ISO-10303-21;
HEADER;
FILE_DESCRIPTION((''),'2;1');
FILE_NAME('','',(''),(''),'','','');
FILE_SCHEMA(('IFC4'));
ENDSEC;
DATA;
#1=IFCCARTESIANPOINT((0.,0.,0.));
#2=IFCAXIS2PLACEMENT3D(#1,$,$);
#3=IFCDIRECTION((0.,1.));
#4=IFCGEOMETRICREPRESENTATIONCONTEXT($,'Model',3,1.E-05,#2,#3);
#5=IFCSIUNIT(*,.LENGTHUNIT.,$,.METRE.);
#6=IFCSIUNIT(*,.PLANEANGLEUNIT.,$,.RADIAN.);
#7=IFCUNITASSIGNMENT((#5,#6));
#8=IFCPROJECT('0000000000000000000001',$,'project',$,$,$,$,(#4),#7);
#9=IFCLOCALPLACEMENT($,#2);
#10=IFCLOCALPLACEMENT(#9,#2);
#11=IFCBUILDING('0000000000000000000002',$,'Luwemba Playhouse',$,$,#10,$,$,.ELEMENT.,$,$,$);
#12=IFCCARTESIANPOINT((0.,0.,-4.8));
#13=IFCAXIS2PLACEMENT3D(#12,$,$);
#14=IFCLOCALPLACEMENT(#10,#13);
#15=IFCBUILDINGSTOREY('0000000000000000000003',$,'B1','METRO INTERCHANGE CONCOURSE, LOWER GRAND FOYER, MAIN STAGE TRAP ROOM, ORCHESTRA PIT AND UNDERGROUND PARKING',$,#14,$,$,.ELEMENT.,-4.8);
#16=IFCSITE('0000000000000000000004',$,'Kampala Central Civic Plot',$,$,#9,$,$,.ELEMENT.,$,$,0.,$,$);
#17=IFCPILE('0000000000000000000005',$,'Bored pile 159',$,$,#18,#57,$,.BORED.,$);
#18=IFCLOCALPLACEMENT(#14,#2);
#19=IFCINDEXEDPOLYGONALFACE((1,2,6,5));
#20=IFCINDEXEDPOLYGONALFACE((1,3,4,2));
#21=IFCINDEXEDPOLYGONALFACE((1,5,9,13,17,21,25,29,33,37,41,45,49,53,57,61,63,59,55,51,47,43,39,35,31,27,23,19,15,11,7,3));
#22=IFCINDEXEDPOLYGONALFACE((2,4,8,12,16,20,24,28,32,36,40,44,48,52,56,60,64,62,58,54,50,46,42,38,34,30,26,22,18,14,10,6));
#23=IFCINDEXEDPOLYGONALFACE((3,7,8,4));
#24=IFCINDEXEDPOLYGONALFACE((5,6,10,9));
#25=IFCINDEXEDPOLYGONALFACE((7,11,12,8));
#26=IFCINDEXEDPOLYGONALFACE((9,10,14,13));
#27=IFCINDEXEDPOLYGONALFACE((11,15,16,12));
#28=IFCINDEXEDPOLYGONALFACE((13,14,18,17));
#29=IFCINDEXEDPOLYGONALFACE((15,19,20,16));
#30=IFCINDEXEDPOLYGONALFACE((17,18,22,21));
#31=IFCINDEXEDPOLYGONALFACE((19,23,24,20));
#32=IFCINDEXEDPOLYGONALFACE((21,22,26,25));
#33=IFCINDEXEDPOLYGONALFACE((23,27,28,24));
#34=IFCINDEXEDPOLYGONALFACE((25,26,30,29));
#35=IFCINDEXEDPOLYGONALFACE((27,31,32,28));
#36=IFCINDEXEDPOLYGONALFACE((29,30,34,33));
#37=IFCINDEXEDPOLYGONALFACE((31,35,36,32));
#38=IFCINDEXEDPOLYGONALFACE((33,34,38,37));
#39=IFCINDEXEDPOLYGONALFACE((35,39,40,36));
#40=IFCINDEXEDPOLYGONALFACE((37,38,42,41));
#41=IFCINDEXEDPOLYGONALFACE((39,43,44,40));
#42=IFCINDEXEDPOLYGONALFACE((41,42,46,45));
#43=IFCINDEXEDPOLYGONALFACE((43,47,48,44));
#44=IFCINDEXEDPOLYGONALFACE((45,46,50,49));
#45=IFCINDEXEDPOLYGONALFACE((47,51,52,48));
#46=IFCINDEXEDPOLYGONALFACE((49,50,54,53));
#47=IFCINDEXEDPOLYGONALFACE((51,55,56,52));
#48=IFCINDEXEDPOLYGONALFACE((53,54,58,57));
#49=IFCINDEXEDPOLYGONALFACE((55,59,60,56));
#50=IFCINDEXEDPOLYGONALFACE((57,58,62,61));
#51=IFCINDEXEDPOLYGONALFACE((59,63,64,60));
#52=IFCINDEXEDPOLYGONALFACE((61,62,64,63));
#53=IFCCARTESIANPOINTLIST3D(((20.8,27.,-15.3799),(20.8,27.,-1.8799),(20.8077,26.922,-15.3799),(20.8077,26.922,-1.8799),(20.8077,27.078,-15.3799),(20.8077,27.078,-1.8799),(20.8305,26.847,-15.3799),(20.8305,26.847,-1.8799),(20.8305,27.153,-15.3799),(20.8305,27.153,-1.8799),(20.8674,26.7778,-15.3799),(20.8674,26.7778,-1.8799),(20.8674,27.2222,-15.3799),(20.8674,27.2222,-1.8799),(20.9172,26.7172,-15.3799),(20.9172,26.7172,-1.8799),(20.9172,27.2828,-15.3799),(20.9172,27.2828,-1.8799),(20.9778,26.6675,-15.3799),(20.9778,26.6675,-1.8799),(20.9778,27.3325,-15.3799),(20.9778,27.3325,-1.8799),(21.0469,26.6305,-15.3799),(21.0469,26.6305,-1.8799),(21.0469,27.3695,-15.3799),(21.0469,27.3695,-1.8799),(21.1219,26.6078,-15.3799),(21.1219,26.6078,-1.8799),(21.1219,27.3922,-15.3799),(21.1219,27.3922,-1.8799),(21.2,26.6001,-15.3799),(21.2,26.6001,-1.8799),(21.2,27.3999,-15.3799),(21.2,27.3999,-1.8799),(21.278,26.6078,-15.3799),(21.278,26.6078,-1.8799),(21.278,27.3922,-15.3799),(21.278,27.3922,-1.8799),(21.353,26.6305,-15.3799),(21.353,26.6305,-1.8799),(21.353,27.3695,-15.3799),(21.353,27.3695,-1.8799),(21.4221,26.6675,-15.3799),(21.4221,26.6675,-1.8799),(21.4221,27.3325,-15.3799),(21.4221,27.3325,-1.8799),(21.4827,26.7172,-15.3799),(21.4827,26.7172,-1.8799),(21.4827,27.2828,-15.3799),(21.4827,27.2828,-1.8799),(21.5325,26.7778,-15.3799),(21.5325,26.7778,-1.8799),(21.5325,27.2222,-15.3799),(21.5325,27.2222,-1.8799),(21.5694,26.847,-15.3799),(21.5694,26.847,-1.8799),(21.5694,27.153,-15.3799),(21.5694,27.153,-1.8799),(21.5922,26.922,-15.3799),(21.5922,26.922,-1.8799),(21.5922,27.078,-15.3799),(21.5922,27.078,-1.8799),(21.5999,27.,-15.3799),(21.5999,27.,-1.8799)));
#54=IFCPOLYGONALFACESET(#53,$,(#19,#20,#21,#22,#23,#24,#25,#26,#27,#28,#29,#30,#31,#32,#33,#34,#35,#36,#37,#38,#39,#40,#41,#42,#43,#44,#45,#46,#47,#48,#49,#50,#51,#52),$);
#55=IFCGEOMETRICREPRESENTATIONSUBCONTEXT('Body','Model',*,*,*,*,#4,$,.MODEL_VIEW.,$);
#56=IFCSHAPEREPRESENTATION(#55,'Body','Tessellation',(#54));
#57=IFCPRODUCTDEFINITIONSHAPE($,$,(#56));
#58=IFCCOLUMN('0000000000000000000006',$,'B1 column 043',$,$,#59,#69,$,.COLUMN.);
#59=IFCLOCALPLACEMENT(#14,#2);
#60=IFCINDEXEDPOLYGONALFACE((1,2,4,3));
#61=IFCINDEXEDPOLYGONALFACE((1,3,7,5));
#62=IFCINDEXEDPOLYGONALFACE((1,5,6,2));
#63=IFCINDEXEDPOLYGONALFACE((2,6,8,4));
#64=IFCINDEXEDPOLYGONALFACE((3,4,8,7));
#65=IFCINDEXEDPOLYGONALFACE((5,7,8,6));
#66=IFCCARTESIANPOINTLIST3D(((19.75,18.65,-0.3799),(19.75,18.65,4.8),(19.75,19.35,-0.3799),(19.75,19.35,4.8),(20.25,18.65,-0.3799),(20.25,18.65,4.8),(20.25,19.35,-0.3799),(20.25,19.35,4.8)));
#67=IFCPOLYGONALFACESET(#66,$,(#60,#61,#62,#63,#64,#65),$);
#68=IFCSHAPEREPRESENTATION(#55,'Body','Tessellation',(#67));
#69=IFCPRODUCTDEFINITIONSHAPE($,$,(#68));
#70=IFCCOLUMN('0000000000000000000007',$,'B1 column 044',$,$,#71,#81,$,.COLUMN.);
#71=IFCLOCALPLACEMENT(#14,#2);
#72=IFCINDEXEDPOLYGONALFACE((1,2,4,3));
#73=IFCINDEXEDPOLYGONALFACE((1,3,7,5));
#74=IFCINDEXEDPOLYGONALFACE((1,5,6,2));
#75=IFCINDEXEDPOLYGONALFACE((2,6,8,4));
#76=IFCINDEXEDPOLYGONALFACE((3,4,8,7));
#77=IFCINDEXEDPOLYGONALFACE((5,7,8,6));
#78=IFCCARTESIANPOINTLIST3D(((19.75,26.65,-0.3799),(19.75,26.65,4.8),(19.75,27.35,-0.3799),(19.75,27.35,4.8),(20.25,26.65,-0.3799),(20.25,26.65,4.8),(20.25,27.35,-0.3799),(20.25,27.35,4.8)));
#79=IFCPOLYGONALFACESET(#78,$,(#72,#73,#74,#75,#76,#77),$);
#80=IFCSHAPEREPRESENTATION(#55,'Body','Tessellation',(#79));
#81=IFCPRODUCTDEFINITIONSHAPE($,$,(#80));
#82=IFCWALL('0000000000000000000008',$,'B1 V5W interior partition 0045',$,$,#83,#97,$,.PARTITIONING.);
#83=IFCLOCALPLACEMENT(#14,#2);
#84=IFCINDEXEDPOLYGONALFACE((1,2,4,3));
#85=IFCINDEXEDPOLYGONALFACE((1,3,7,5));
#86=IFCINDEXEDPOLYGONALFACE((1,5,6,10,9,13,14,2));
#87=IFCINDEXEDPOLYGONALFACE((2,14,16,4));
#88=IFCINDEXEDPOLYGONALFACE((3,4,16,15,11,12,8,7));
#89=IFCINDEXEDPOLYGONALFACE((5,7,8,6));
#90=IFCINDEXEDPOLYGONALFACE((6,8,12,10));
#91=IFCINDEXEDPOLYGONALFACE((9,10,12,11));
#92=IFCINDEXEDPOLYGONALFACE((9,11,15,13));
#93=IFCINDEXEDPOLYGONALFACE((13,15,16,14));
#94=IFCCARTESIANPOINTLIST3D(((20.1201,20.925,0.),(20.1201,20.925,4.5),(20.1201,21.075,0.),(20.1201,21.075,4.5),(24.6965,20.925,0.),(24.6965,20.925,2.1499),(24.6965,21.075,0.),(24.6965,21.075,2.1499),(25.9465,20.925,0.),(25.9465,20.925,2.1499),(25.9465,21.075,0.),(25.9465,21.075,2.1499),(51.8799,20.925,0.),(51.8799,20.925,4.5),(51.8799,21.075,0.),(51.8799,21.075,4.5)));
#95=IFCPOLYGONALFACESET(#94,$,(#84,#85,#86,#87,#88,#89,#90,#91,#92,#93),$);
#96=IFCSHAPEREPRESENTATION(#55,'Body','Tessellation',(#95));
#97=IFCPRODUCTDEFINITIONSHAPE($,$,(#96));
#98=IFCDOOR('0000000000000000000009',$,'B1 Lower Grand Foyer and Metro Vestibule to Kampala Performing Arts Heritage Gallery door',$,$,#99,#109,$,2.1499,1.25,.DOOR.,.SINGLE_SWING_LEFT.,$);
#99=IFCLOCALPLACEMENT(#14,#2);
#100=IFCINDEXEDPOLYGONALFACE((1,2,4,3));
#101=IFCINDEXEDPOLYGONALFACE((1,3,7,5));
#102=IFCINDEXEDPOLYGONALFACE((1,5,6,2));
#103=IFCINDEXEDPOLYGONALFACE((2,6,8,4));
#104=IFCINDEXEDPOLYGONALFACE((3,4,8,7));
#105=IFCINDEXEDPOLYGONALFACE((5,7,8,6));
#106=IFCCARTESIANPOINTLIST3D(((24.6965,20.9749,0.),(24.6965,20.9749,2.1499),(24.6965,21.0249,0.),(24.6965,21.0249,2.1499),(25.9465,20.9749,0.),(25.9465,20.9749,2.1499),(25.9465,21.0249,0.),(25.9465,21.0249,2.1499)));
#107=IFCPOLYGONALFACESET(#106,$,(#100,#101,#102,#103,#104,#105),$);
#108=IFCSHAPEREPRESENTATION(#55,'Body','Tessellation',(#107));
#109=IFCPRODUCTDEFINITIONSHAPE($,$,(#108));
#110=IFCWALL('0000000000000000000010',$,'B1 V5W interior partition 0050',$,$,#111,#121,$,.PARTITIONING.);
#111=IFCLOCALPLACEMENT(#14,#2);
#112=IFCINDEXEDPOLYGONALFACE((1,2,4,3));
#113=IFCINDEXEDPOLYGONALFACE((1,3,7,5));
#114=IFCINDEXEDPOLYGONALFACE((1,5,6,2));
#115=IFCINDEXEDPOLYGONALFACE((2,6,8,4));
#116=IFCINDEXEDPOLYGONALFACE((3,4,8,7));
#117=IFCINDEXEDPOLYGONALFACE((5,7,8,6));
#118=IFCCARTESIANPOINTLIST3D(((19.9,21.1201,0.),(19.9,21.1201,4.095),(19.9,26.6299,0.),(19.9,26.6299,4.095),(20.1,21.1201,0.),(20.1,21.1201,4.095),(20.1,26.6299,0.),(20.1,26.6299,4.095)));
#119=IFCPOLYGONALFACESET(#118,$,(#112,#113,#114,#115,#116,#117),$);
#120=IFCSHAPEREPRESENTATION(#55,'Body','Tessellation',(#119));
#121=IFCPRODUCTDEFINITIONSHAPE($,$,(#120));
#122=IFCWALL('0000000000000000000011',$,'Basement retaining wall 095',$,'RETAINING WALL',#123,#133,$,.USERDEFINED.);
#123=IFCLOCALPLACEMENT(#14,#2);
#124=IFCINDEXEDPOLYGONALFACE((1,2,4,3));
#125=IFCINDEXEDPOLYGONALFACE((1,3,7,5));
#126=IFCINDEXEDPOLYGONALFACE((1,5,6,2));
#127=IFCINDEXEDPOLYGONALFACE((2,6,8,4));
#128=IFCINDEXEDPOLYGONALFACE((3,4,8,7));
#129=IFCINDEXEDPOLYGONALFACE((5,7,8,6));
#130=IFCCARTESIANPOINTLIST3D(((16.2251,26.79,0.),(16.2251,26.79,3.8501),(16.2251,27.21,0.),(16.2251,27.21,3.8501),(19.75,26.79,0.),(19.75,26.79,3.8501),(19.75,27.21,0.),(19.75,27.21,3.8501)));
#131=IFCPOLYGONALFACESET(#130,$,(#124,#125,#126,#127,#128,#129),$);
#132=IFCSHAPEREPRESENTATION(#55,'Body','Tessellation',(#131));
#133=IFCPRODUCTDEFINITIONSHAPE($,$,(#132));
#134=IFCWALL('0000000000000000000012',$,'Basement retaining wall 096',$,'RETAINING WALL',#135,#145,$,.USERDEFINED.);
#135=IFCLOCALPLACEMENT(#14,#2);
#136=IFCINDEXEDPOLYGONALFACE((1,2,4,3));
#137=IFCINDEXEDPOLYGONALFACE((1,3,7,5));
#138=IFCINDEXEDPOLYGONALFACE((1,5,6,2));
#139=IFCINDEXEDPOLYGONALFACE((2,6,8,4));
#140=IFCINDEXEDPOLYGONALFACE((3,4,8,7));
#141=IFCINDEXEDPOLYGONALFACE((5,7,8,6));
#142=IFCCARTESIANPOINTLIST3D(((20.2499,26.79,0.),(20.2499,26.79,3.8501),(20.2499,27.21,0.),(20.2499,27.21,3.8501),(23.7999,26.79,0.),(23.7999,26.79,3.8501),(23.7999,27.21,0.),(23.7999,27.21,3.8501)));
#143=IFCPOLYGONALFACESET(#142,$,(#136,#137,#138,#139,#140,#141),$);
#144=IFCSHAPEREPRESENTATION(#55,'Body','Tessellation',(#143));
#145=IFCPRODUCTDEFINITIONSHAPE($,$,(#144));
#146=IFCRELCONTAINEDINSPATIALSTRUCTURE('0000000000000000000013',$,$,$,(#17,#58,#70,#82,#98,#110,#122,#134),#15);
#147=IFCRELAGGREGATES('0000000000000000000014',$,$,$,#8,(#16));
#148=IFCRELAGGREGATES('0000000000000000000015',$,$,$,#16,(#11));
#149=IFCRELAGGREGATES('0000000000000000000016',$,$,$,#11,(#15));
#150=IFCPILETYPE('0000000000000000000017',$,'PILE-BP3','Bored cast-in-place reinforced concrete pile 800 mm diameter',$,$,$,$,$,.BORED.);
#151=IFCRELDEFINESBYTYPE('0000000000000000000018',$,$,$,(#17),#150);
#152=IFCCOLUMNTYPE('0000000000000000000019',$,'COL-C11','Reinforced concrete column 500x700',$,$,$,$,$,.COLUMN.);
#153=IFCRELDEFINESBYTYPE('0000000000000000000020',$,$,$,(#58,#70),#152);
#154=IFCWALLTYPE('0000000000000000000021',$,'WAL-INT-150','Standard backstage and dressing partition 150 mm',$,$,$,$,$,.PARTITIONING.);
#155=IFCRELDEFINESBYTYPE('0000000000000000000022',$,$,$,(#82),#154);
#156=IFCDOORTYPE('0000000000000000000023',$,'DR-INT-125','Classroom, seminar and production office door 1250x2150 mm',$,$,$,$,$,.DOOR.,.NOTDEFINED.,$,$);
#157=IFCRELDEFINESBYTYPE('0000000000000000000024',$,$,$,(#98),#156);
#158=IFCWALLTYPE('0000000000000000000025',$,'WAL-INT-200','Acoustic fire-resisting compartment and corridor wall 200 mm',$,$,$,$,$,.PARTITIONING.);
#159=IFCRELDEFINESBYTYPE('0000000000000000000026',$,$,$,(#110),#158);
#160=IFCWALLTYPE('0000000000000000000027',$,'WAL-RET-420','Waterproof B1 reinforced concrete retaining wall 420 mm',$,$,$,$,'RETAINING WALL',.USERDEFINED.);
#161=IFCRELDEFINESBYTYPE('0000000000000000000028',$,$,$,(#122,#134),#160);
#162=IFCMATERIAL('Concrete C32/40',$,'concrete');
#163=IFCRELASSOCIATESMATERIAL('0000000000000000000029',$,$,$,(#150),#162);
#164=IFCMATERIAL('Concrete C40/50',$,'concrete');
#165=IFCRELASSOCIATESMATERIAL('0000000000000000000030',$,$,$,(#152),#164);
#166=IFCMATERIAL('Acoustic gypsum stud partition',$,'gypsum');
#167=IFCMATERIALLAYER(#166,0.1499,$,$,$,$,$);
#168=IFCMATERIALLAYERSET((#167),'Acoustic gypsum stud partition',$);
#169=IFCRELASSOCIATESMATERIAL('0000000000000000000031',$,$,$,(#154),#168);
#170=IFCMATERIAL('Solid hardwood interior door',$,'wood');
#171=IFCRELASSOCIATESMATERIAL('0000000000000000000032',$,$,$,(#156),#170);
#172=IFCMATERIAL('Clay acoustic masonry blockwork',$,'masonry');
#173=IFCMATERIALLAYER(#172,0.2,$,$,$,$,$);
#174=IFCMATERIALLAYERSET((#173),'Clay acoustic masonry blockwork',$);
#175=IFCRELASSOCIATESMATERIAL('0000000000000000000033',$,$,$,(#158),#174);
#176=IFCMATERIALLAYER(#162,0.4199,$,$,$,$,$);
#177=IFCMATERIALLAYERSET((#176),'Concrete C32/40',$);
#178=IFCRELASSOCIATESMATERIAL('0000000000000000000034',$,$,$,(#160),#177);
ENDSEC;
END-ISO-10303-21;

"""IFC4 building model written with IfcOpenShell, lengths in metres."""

from ifc_helpers import new_model, si_unit, direction, frame, frame_2d, origin, origin_2d, place, context, subcontext, project, spatial, rectangle, circle, extrude, material, layer, layer_set, material_profile, profile_set, type_object, element, fill, save


model = new_model("IFC4")

# Units and contexts
model_context = context("Model", 3, precision=1e-05, world=origin(), true_north=direction((0.0, 1.0)))
body_context = subcontext(model_context, "Body", "Model", "MODEL_VIEW")
ifc_project = project(units=[si_unit("LENGTHUNIT", "METRE"), si_unit("PLANEANGLEUNIT", "RADIAN")], contexts=[model_context])

# Site, building, storey
site_placement = place(None, origin())
site = spatial("IfcSite", under=ifc_project, at=site_placement, Name="Kampala Central Civic Plot", CompositionType="ELEMENT", RefElevation=0.0)
building_placement = place(site_placement, origin())
building = spatial("IfcBuilding", under=site, at=building_placement, Name="Luwemba Playhouse", CompositionType="ELEMENT")
storey_placement = place(building_placement, frame((0.0, 0.0, -4.8)))
storey = spatial("IfcBuildingStorey", under=building, at=storey_placement, Name="B1", Description="METRO INTERCHANGE CONCOURSE, LOWER GRAND FOYER, MAIN STAGE TRAP ROOM, ORCHESTRA PIT AND UNDERGROUND PARKING", CompositionType="ELEMENT", Elevation=-4.8)

# Shared definitions
ifc_material_1 = material(Name="Concrete C32/40", Category="concrete")

# Pile
ifc_material_profile_1 = material_profile(ifc_material_1, circle(Radius=0.3999, at=origin_2d()))
ifc_profile_set_1 = profile_set([ifc_material_profile_1], Name="Concrete C32/40")
pile_type_1 = type_object("IfcPileType", Name="PILE-BP3", Description="Bored cast-in-place reinforced concrete pile 800 mm diameter", PredefinedType="BORED", material=ifc_profile_set_1)
for number, where, z_axis, x_axis, name in (
    (1, (21.2, 27.0, -1.8799), (0.0, 0.0, -1.0), (1.0, 0.0, 0.0), "Bored pile 159"),
):
    element("IfcPile", number, at=place(storey_placement, frame(where, z_axis=z_axis, x_axis=x_axis)), inside=storey, type_object=pile_type_1, Name=name, PredefinedType="BORED", context=body_context, shape_type="SweptSolid", body=[
        extrude(circle(Radius=0.3999, at=origin_2d()), origin(), (0.0, 0.0, 1.0), 13.5),
    ])

# Columns
ifc_material_2 = material(Name="Concrete C40/50", Category="concrete")
ifc_material_profile_2 = material_profile(ifc_material_2, rectangle(XDim=0.5, YDim=0.7, at=origin_2d()))
ifc_profile_set_2 = profile_set([ifc_material_profile_2], Name="Concrete C40/50")
column_type = type_object("IfcColumnType", Name="COL-C11", Description="Reinforced concrete column 500x700", PredefinedType="COLUMN", material=ifc_profile_set_2)
for number, where, z_axis, x_axis, name in (
    (2, (20.0, 19.0, -0.3799), (0.0, 0.0, 1.0), (1.0, 0.0, 0.0), "B1 column 043"),
    (3, (20.0, 27.0, -0.3799), (0.0, 0.0, 1.0), (1.0, 0.0, 0.0), "B1 column 044"),
):
    element("IfcColumn", number, at=place(storey_placement, frame(where, z_axis=z_axis, x_axis=x_axis)), inside=storey, type_object=column_type, Name=name, PredefinedType="COLUMN", context=body_context, shape_type="SweptSolid", body=[
        extrude(rectangle(XDim=0.5, YDim=0.7, at=origin_2d()), origin(), (0.0, 0.0, 1.0), 5.1799),
    ])

# Wall, opening, door
ifc_material_3 = material(Name="Acoustic gypsum stud partition", Category="gypsum")
ifc_layer_1 = layer(ifc_material_3, 0.1499)
ifc_layer_set_1 = layer_set([ifc_layer_1], Name="Acoustic gypsum stud partition")
wall_type_1 = type_object("IfcWallType", Name="WAL-INT-150", Description="Standard backstage and dressing partition 150 mm", PredefinedType="PARTITIONING", material=ifc_layer_set_1)
wall_1_placement = place(storey_placement, frame((20.1201, 21.0, 0.0), z_axis=(0.0, 0.0, 1.0), x_axis=(1.0, 0.0, 0.0)))
wall_1 = element("IfcWall", 4, at=wall_1_placement, inside=storey, type_object=wall_type_1, Name="B1 V5W interior partition 0045", PredefinedType="PARTITIONING", context=body_context, shape_type="SweptSolid", body=[
    extrude(rectangle(XDim=31.7598, YDim=0.1499, at=frame_2d((15.8799, 0.0))), origin(), (0.0, 0.0, 1.0), 4.5),
])
opening_placement = place(wall_1_placement, frame((4.5764, 0.0, 0.0)))
opening = element("IfcOpeningElement", 5, at=opening_placement, cuts=wall_1, PredefinedType="OPENING", context=body_context, shape_type="SweptSolid", body=[
    extrude(rectangle(XDim=1.25, YDim=2.1499, at=frame_2d((0.625, 1.075))), frame((0.0, 0.085, 0.0), z_axis=(0.0, -1.0, 0.0), x_axis=(1.0, 0.0, 0.0)), (0.0, 0.0, 1.0), 0.1699),
])
ifc_material_4 = material(Name="Solid hardwood interior door", Category="wood")
door_type = type_object("IfcDoorType", Name="DR-INT-125", Description="Classroom, seminar and production office door 1250x2150 mm", OperationType="NOTDEFINED", PredefinedType="DOOR", material=ifc_material_4)
door_placement = place(opening_placement, origin())
door = element("IfcDoor", 6, at=door_placement, inside=storey, type_object=door_type, Name="B1 Lower Grand Foyer and Metro Vestibule to Kampala Performing Arts Heritage Gallery door", OperationType="SINGLE_SWING_LEFT", OverallHeight=2.1499, OverallWidth=1.25, PredefinedType="DOOR", context=body_context, shape_type="SweptSolid", body=[
    extrude(rectangle(XDim=1.25, YDim=2.1499, at=frame_2d((0.625, 1.075))), frame((0.0, 0.0249, 0.0), z_axis=(0.0, -1.0, 0.0), x_axis=(1.0, 0.0, 0.0)), (0.0, 0.0, 1.0), 0.05),
])
fill(opening, door)

# Walls
ifc_material_5 = material(Name="Clay acoustic masonry blockwork", Category="masonry")
ifc_layer_2 = layer(ifc_material_5, 0.2)
ifc_layer_set_2 = layer_set([ifc_layer_2], Name="Clay acoustic masonry blockwork")
wall_type_2 = type_object("IfcWallType", Name="WAL-INT-200", Description="Acoustic fire-resisting compartment and corridor wall 200 mm", PredefinedType="PARTITIONING", material=ifc_layer_set_2)
wall_2_placement = place(storey_placement, frame((20.0, 21.1201, 0.0), z_axis=(0.0, 0.0, 1.0), x_axis=(0.0, 1.0, 0.0)))
element("IfcWall", 7, at=wall_2_placement, inside=storey, type_object=wall_type_2, Name="B1 V5W interior partition 0050", PredefinedType="PARTITIONING", context=body_context, shape_type="SweptSolid", body=[
    extrude(rectangle(XDim=5.5098, YDim=0.2, at=frame_2d((2.7549, 0.0))), origin(), (0.0, 0.0, 1.0), 4.095),
])
ifc_layer_3 = layer(ifc_material_1, 0.4199)
ifc_layer_set_3 = layer_set([ifc_layer_3], Name="Concrete C32/40")
wall_type_3 = type_object("IfcWallType", Name="WAL-RET-420", Description="Waterproof B1 reinforced concrete retaining wall 420 mm", ElementType="RETAINING WALL", PredefinedType="USERDEFINED", material=ifc_layer_set_3)
wall_3_placement = place(storey_placement, frame((16.2251, 27.0, 0.0), z_axis=(0.0, 0.0, 1.0), x_axis=(1.0, 0.0, 0.0)))
element("IfcWall", 8, at=wall_3_placement, inside=storey, type_object=wall_type_3, Name="Basement retaining wall 095", ObjectType="RETAINING WALL", PredefinedType="USERDEFINED", context=body_context, shape_type="SweptSolid", body=[
    extrude(rectangle(XDim=3.5249, YDim=0.4199, at=frame_2d((1.7625, 0.0))), origin(), (0.0, 0.0, 1.0), 3.8501),
])
wall_4_placement = place(storey_placement, frame((20.25, 27.0, 0.0), z_axis=(0.0, 0.0, 1.0), x_axis=(1.0, 0.0, 0.0)))
element("IfcWall", 9, at=wall_4_placement, inside=storey, type_object=wall_type_3, Name="Basement retaining wall 096", ObjectType="RETAINING WALL", PredefinedType="USERDEFINED", context=body_context, shape_type="SweptSolid", body=[
    extrude(rectangle(XDim=3.55, YDim=0.4199, at=frame_2d((1.7749, 0.0))), origin(), (0.0, 0.0, 1.0), 3.8501),
])

save(model, "model.ifc")
